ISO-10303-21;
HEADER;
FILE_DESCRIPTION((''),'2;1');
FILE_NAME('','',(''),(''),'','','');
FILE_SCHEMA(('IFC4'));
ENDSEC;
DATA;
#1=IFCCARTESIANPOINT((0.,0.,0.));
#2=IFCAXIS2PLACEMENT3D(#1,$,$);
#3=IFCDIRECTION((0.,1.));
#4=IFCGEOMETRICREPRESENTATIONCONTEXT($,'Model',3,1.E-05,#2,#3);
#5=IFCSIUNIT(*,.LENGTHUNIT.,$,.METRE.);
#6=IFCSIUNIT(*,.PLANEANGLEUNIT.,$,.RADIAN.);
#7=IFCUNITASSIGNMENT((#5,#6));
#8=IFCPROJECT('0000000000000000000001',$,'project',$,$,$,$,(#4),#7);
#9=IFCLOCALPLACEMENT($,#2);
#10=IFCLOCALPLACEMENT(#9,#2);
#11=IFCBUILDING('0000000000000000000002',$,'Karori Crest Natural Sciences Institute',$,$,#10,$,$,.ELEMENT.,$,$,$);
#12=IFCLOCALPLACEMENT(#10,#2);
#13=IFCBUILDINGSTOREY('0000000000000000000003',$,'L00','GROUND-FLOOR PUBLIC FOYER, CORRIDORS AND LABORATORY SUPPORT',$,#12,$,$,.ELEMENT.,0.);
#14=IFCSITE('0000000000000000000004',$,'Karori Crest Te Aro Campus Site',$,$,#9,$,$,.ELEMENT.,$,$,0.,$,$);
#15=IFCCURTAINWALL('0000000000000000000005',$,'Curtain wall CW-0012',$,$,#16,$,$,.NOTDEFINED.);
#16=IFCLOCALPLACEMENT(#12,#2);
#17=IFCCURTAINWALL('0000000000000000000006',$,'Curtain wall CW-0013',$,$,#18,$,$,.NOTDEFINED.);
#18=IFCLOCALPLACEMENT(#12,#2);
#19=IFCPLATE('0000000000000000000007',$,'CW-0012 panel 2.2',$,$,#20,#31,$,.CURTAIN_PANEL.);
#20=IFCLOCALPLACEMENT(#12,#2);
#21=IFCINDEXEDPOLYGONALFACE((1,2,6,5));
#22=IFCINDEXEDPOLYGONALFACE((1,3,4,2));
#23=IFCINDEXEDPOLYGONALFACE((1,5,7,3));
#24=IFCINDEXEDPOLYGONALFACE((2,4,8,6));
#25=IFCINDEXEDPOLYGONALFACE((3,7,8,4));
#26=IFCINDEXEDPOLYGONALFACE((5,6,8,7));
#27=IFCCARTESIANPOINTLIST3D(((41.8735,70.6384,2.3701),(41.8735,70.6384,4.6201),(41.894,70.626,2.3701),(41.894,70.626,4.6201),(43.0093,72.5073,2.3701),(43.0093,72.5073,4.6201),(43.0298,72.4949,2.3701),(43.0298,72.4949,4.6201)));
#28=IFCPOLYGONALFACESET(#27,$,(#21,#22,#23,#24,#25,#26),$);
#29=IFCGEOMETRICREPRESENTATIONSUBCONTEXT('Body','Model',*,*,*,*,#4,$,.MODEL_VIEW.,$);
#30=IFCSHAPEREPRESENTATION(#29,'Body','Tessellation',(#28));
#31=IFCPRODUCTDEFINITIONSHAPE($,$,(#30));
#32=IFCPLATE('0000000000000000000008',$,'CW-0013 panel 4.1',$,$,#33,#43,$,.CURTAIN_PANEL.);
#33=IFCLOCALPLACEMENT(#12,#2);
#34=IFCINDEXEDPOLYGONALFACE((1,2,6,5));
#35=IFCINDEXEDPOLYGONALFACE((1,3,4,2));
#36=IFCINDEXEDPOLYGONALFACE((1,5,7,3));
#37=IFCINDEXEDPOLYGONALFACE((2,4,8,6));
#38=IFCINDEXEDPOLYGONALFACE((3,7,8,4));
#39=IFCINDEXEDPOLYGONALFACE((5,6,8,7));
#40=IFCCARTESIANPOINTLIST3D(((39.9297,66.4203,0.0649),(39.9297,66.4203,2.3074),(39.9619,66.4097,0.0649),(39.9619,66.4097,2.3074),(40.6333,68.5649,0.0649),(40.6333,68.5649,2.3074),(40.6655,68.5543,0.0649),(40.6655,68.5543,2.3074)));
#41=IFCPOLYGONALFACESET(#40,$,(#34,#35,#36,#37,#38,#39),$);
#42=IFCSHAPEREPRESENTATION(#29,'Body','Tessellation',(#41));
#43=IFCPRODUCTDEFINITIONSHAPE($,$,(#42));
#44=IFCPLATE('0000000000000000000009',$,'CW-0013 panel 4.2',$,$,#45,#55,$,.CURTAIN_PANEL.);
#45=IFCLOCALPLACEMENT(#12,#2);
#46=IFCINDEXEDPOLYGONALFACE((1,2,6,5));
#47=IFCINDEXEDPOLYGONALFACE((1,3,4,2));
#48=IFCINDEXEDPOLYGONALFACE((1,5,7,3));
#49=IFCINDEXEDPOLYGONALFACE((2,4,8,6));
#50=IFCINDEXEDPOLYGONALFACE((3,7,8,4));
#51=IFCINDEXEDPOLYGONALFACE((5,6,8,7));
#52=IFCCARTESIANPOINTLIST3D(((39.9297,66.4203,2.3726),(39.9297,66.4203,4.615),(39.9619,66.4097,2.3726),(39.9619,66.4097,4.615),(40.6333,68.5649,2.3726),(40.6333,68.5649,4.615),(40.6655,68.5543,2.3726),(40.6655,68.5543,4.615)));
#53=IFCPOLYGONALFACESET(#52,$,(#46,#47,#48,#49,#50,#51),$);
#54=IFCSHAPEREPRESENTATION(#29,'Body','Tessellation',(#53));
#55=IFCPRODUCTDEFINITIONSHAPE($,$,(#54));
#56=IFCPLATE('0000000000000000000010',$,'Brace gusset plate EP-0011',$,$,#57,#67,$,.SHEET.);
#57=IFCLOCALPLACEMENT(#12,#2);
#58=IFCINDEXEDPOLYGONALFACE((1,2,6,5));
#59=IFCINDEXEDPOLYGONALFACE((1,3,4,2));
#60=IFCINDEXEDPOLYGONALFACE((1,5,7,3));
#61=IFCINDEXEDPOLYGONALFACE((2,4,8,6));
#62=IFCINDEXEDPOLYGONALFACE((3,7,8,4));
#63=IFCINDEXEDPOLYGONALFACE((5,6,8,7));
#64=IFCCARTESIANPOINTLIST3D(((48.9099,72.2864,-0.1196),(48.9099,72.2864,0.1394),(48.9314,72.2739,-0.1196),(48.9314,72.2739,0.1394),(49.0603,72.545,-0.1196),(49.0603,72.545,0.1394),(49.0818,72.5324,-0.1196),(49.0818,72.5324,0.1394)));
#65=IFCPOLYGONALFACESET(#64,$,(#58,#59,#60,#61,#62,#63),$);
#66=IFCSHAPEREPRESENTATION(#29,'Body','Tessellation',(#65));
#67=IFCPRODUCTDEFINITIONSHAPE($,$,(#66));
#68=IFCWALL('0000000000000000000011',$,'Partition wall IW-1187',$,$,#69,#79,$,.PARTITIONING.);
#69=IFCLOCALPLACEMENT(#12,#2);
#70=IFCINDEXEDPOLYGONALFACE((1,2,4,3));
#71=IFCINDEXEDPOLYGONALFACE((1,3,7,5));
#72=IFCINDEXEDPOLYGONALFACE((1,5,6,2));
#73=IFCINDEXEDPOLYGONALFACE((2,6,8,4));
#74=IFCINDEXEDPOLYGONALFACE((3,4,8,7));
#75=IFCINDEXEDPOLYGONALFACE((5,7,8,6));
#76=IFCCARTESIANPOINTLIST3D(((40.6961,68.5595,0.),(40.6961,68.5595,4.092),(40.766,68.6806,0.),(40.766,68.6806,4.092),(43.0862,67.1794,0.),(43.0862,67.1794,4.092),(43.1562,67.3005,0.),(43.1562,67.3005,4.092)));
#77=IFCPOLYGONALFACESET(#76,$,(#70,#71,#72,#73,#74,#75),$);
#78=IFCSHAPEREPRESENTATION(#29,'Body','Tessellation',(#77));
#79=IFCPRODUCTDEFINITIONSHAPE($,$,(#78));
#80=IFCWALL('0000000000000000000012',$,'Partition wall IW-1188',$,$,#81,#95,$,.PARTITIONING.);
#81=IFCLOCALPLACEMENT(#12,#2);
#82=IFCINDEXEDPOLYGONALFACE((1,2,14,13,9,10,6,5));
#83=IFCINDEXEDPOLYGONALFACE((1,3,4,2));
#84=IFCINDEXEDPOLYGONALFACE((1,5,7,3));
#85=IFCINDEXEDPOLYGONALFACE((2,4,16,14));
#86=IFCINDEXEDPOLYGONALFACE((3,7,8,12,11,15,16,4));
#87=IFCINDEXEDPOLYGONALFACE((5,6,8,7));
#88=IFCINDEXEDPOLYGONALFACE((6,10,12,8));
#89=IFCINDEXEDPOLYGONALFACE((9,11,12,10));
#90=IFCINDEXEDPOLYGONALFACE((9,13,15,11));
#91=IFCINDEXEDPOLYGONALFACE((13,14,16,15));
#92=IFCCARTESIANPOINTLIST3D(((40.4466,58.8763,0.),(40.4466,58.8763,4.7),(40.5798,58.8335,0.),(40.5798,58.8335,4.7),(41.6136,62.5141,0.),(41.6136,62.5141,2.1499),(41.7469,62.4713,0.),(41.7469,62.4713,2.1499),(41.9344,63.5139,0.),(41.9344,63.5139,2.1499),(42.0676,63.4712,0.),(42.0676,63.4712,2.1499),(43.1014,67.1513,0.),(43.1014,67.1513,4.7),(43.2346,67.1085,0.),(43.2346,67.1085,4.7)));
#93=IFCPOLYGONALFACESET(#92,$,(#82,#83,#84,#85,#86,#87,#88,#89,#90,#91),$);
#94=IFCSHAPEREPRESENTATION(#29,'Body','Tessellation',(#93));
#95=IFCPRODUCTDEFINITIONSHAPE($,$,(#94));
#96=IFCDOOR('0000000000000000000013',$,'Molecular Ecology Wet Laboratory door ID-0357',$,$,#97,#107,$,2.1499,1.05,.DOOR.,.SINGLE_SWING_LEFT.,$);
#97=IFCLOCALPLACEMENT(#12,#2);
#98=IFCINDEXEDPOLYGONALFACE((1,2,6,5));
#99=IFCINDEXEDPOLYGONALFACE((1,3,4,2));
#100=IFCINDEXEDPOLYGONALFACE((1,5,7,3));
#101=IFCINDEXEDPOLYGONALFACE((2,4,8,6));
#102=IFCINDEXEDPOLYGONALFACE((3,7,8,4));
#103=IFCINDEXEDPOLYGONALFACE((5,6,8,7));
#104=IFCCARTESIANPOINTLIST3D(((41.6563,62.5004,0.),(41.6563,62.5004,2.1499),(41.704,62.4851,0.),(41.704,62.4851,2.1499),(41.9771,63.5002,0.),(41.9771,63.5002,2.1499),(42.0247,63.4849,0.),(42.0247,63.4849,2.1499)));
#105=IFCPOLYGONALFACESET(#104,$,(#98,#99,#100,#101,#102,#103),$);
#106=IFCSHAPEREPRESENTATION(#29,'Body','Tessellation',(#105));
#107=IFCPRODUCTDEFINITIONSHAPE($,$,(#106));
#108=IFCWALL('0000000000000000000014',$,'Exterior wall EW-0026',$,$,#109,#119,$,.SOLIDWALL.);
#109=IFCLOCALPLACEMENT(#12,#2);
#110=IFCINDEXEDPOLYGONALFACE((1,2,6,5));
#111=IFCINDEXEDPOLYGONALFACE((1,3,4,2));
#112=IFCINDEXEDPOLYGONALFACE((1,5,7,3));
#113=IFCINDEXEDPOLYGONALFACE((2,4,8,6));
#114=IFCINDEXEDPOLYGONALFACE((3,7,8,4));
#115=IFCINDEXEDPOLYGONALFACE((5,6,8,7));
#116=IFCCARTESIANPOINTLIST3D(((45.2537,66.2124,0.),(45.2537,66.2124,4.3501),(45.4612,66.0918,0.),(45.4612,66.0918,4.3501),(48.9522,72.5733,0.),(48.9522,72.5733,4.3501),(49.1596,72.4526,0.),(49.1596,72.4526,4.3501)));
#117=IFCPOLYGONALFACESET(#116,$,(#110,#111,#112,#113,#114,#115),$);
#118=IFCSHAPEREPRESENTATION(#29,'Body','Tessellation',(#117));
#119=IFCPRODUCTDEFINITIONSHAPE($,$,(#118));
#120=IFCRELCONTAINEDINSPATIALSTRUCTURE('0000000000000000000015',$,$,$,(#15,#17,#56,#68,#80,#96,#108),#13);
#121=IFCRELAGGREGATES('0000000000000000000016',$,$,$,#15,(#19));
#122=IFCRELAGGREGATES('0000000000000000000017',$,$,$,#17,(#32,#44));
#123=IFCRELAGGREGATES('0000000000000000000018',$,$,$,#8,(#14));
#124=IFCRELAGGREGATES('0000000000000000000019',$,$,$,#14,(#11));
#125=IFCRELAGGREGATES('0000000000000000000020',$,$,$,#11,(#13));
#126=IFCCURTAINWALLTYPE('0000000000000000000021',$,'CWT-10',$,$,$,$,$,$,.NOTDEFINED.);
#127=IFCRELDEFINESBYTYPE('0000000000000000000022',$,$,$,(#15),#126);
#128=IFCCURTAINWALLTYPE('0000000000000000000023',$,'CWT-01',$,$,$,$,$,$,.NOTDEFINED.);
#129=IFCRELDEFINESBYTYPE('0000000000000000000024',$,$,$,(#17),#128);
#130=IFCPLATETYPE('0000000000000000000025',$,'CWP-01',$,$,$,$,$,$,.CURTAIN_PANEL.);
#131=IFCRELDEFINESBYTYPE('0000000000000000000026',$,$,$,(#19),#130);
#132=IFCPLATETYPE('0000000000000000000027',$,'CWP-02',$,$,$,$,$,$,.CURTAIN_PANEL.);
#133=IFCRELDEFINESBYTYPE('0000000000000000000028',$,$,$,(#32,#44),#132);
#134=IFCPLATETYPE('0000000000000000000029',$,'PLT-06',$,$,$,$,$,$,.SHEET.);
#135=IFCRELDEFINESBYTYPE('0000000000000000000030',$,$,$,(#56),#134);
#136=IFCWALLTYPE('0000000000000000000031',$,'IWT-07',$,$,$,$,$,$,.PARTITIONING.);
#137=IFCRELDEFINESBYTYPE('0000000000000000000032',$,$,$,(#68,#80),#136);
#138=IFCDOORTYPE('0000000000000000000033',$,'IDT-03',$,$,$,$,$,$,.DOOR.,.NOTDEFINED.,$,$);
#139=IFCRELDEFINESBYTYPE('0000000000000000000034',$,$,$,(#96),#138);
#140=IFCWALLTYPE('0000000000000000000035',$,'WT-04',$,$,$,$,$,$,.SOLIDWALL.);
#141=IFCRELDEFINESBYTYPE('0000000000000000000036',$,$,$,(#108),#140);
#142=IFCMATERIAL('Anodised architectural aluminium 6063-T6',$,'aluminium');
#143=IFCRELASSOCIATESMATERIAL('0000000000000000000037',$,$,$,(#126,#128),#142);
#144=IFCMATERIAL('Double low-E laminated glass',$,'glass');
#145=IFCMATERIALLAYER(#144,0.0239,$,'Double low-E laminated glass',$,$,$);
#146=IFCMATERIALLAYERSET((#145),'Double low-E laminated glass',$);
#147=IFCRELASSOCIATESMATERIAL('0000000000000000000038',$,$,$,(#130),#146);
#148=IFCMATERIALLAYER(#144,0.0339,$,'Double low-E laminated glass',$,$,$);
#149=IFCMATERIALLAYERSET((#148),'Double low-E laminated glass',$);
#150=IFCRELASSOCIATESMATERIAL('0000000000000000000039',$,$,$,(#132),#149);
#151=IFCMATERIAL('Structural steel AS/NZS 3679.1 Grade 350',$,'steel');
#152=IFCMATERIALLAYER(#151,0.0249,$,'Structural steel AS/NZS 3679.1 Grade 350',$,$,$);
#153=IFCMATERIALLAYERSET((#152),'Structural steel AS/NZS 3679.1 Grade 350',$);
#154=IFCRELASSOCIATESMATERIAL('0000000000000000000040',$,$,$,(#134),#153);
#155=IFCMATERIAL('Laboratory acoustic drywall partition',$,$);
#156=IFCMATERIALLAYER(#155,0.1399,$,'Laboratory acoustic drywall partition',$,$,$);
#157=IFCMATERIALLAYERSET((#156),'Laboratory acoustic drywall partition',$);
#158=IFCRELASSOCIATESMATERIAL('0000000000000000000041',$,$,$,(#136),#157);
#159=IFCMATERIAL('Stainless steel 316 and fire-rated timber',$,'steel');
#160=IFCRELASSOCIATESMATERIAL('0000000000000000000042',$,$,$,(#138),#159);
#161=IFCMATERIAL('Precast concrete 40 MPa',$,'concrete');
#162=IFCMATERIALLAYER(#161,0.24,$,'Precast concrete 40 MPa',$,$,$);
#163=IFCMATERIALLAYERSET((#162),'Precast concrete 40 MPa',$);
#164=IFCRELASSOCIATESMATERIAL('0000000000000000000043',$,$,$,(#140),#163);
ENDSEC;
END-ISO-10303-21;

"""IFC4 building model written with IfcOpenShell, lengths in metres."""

from ifc_helpers import new_model, si_unit, direction, frame, frame_2d, origin, origin_2d, place, context, subcontext, project, spatial, rectangle, extrude, material, layer, layer_set, type_object, element, fill, aggregate, save


model = new_model("IFC4")

# Units and contexts
model_context = context("Model", 3, precision=1e-05, world=origin(), true_north=direction((0.0, 1.0)))
body_context = subcontext(model_context, "Body", "Model", "MODEL_VIEW")
ifc_project = project(units=[si_unit("LENGTHUNIT", "METRE"), si_unit("PLANEANGLEUNIT", "RADIAN")], contexts=[model_context])

# Site, building, storey
site_placement = place(None, origin())
site = spatial("IfcSite", under=ifc_project, at=site_placement, Name="Karori Crest Te Aro Campus Site", CompositionType="ELEMENT", RefElevation=0.0)
building_placement = place(site_placement, origin())
building = spatial("IfcBuilding", under=site, at=building_placement, Name="Karori Crest Natural Sciences Institute", CompositionType="ELEMENT")
storey_placement = place(building_placement, origin())
storey = spatial("IfcBuildingStorey", under=building, at=storey_placement, Name="L00", Description="GROUND-FLOOR PUBLIC FOYER, CORRIDORS AND LABORATORY SUPPORT", CompositionType="ELEMENT", Elevation=0.0)

# Shared definitions
ifc_material_1 = material(Name="Structural steel AS/NZS 3679.1 Grade 350", Category="steel")

# Shared definitions
ifc_material_2 = material(Name="Anodised architectural aluminium 6063-T6", Category="aluminium")

# Curtain wall
curtain_wall_type_1 = type_object("IfcCurtainWallType", Name="CWT-10", PredefinedType="NOTDEFINED", material=ifc_material_2)
curtain_wall_1_placement = place(storey_placement, origin())
curtain_wall_1 = element("IfcCurtainWall", 1, at=curtain_wall_1_placement, inside=storey, type_object=curtain_wall_type_1, Name="Curtain wall CW-0012", PredefinedType="NOTDEFINED")

# Curtain wall
curtain_wall_type_2 = type_object("IfcCurtainWallType", Name="CWT-01", PredefinedType="NOTDEFINED", material=ifc_material_2)
curtain_wall_2_placement = place(storey_placement, origin())
curtain_wall_2 = element("IfcCurtainWall", 2, at=curtain_wall_2_placement, inside=storey, type_object=curtain_wall_type_2, Name="Curtain wall CW-0013", PredefinedType="NOTDEFINED")

# Plates
ifc_material_3 = material(Name="Double low-E laminated glass", Category="glass")
ifc_layer_1 = layer(ifc_material_3, 0.0239, Name="Double low-E laminated glass")
ifc_layer_set_1 = layer_set([ifc_layer_1], Name="Double low-E laminated glass")
plate_type_1 = type_object("IfcPlateType", Name="CWP-01", PredefinedType="CURTAIN_PANEL", material=ifc_layer_set_1)
plate_1_placement = place(storey_placement, frame((42.4517, 71.5667, 2.3701), z_axis=(0.0, 0.0, 1.0), x_axis=(0.519341, 0.854567, 0.0)))
plate_1 = element("IfcPlate", 3, at=plate_1_placement, type_object=plate_type_1, Name="CW-0012 panel 2.2", PredefinedType="CURTAIN_PANEL", context=body_context, shape_type="SweptSolid", body=[
    extrude(rectangle(XDim=2.187, YDim=0.0239, at=origin_2d()), origin(), (0.0, 0.0, 1.0), 2.25),
])
aggregate(curtain_wall_1, [plate_1])
ifc_layer_2 = layer(ifc_material_3, 0.0339, Name="Double low-E laminated glass")
ifc_layer_set_2 = layer_set([ifc_layer_2], Name="Double low-E laminated glass")
plate_type_2 = type_object("IfcPlateType", Name="CWP-02", PredefinedType="CURTAIN_PANEL", material=ifc_layer_set_2)
plate_2_placement = place(storey_placement, frame((40.2976, 67.4873, 0.0649), z_axis=(0.0, 0.0, 1.0), x_axis=(0.311714, 0.950176, 0.0)))
plate_2 = element("IfcPlate", 4, at=plate_2_placement, type_object=plate_type_2, Name="CW-0013 panel 4.1", PredefinedType="CURTAIN_PANEL", context=body_context, shape_type="SweptSolid", body=[
    extrude(rectangle(XDim=2.2571, YDim=0.0339, at=origin_2d()), origin(), (0.0, 0.0, 1.0), 2.2424),
])
plate_3_placement = place(storey_placement, frame((40.2976, 67.4873, 2.3726), z_axis=(0.0, 0.0, 1.0), x_axis=(0.311714, 0.950176, 0.0)))
plate_3 = element("IfcPlate", 5, at=plate_3_placement, type_object=plate_type_2, Name="CW-0013 panel 4.2", PredefinedType="CURTAIN_PANEL", context=body_context, shape_type="SweptSolid", body=[
    extrude(rectangle(XDim=2.2571, YDim=0.0339, at=origin_2d()), origin(), (0.0, 0.0, 1.0), 2.2424),
])
aggregate(curtain_wall_2, [plate_2, plate_3])
ifc_layer_3 = layer(ifc_material_1, 0.0249, Name="Structural steel AS/NZS 3679.1 Grade 350")
ifc_layer_set_3 = layer_set([ifc_layer_3], Name="Structural steel AS/NZS 3679.1 Grade 350")
plate_type_3 = type_object("IfcPlateType", Name="PLT-06", PredefinedType="SHEET", material=ifc_layer_set_3)
plate_4_placement = place(storey_placement, frame((48.9958, 72.4094, -0.1196), z_axis=(0.0, 0.0, 1.0), x_axis=(0.502652, 0.864489, 0.0)))
element("IfcPlate", 6, at=plate_4_placement, inside=storey, type_object=plate_type_3, Name="Brace gusset plate EP-0011", PredefinedType="SHEET", context=body_context, shape_type="SweptSolid", body=[
    extrude(rectangle(XDim=0.2991, YDim=0.0249, at=origin_2d()), origin(), (0.0, 0.0, 1.0), 0.259),
])

# Wall
ifc_material_4 = material(Name="Laboratory acoustic drywall partition")
ifc_layer_4 = layer(ifc_material_4, 0.1399, Name="Laboratory acoustic drywall partition")
ifc_layer_set_4 = layer_set([ifc_layer_4], Name="Laboratory acoustic drywall partition")
wall_type_1 = type_object("IfcWallType", Name="IWT-07", PredefinedType="PARTITIONING", material=ifc_layer_set_4)
wall_1_placement = place(storey_placement, frame((43.1211, 67.24, 0.0), z_axis=(0.0, 0.0, 1.0), x_axis=(-0.865997, 0.500049, 0.0)))
element("IfcWall", 7, at=wall_1_placement, inside=storey, type_object=wall_type_1, Name="Partition wall IW-1187", PredefinedType="PARTITIONING", context=body_context, shape_type="SweptSolid", body=[
    extrude(rectangle(XDim=2.76, YDim=0.1399, at=frame_2d((1.3799, 0.0))), origin(), (0.0, 0.0, 1.0), 4.092),
])

# Wall, opening, door
wall_2_placement = place(storey_placement, frame((43.168, 67.1299, 0.0), z_axis=(0.0, 0.0, 1.0), x_axis=(-0.305487, -0.952196, 0.0)))
wall_2 = element("IfcWall", 8, at=wall_2_placement, inside=storey, type_object=wall_type_1, Name="Partition wall IW-1188", PredefinedType="PARTITIONING", context=body_context, shape_type="SweptSolid", body=[
    extrude(rectangle(XDim=8.6904, YDim=0.1399, at=frame_2d((4.3452, 0.0))), origin(), (0.0, 0.0, 1.0), 4.7),
])
opening_placement = place(wall_2_placement, frame((3.8201, 0.0, 0.0)))
opening = element("IfcOpeningElement", 9, at=opening_placement, cuts=wall_2, PredefinedType="OPENING", context=body_context, shape_type="SweptSolid", body=[
    extrude(rectangle(XDim=1.05, YDim=2.1499, at=frame_2d((0.5249, 1.075))), frame((0.0, 0.0801, 0.0), z_axis=(0.0, -1.0, 0.0), x_axis=(1.0, 0.0, 0.0)), (0.0, 0.0, 1.0), 0.1599),
])
ifc_material_5 = material(Name="Stainless steel 316 and fire-rated timber", Category="steel")
door_type = type_object("IfcDoorType", Name="IDT-03", OperationType="NOTDEFINED", PredefinedType="DOOR", material=ifc_material_5)
door_placement = place(opening_placement, origin())
door = element("IfcDoor", 10, at=door_placement, inside=storey, type_object=door_type, Name="Molecular Ecology Wet Laboratory door ID-0357", OperationType="SINGLE_SWING_LEFT", OverallHeight=2.1499, OverallWidth=1.05, PredefinedType="DOOR", context=body_context, shape_type="SweptSolid", body=[
    extrude(rectangle(XDim=1.05, YDim=2.1499, at=frame_2d((0.5249, 1.075))), frame((0.0, 0.0249, 0.0), z_axis=(0.0, -1.0, 0.0), x_axis=(1.0, 0.0, 0.0)), (0.0, 0.0, 1.0), 0.05),
])
fill(opening, door)

# Wall
ifc_material_6 = material(Name="Precast concrete 40 MPa", Category="concrete")
ifc_layer_5 = layer(ifc_material_6, 0.24, Name="Precast concrete 40 MPa")
ifc_layer_set_5 = layer_set([ifc_layer_5], Name="Precast concrete 40 MPa")
wall_type_2 = type_object("IfcWallType", Name="WT-04", PredefinedType="SOLIDWALL", material=ifc_layer_set_5)
wall_3_placement = place(storey_placement, frame((49.0559, 72.5129, 0.0), z_axis=(0.0, 0.0, 1.0), x_axis=(-0.502653, -0.864488, 0.0)))
element("IfcWall", 11, at=wall_3_placement, inside=storey, type_object=wall_type_2, Name="Exterior wall EW-0026", PredefinedType="SOLIDWALL", context=body_context, shape_type="SweptSolid", body=[
    extrude(rectangle(XDim=7.3579, YDim=0.24, at=frame_2d((3.679, 0.0))), origin(), (0.0, 0.0, 1.0), 4.3501),
])

save(model, "model.ifc")
